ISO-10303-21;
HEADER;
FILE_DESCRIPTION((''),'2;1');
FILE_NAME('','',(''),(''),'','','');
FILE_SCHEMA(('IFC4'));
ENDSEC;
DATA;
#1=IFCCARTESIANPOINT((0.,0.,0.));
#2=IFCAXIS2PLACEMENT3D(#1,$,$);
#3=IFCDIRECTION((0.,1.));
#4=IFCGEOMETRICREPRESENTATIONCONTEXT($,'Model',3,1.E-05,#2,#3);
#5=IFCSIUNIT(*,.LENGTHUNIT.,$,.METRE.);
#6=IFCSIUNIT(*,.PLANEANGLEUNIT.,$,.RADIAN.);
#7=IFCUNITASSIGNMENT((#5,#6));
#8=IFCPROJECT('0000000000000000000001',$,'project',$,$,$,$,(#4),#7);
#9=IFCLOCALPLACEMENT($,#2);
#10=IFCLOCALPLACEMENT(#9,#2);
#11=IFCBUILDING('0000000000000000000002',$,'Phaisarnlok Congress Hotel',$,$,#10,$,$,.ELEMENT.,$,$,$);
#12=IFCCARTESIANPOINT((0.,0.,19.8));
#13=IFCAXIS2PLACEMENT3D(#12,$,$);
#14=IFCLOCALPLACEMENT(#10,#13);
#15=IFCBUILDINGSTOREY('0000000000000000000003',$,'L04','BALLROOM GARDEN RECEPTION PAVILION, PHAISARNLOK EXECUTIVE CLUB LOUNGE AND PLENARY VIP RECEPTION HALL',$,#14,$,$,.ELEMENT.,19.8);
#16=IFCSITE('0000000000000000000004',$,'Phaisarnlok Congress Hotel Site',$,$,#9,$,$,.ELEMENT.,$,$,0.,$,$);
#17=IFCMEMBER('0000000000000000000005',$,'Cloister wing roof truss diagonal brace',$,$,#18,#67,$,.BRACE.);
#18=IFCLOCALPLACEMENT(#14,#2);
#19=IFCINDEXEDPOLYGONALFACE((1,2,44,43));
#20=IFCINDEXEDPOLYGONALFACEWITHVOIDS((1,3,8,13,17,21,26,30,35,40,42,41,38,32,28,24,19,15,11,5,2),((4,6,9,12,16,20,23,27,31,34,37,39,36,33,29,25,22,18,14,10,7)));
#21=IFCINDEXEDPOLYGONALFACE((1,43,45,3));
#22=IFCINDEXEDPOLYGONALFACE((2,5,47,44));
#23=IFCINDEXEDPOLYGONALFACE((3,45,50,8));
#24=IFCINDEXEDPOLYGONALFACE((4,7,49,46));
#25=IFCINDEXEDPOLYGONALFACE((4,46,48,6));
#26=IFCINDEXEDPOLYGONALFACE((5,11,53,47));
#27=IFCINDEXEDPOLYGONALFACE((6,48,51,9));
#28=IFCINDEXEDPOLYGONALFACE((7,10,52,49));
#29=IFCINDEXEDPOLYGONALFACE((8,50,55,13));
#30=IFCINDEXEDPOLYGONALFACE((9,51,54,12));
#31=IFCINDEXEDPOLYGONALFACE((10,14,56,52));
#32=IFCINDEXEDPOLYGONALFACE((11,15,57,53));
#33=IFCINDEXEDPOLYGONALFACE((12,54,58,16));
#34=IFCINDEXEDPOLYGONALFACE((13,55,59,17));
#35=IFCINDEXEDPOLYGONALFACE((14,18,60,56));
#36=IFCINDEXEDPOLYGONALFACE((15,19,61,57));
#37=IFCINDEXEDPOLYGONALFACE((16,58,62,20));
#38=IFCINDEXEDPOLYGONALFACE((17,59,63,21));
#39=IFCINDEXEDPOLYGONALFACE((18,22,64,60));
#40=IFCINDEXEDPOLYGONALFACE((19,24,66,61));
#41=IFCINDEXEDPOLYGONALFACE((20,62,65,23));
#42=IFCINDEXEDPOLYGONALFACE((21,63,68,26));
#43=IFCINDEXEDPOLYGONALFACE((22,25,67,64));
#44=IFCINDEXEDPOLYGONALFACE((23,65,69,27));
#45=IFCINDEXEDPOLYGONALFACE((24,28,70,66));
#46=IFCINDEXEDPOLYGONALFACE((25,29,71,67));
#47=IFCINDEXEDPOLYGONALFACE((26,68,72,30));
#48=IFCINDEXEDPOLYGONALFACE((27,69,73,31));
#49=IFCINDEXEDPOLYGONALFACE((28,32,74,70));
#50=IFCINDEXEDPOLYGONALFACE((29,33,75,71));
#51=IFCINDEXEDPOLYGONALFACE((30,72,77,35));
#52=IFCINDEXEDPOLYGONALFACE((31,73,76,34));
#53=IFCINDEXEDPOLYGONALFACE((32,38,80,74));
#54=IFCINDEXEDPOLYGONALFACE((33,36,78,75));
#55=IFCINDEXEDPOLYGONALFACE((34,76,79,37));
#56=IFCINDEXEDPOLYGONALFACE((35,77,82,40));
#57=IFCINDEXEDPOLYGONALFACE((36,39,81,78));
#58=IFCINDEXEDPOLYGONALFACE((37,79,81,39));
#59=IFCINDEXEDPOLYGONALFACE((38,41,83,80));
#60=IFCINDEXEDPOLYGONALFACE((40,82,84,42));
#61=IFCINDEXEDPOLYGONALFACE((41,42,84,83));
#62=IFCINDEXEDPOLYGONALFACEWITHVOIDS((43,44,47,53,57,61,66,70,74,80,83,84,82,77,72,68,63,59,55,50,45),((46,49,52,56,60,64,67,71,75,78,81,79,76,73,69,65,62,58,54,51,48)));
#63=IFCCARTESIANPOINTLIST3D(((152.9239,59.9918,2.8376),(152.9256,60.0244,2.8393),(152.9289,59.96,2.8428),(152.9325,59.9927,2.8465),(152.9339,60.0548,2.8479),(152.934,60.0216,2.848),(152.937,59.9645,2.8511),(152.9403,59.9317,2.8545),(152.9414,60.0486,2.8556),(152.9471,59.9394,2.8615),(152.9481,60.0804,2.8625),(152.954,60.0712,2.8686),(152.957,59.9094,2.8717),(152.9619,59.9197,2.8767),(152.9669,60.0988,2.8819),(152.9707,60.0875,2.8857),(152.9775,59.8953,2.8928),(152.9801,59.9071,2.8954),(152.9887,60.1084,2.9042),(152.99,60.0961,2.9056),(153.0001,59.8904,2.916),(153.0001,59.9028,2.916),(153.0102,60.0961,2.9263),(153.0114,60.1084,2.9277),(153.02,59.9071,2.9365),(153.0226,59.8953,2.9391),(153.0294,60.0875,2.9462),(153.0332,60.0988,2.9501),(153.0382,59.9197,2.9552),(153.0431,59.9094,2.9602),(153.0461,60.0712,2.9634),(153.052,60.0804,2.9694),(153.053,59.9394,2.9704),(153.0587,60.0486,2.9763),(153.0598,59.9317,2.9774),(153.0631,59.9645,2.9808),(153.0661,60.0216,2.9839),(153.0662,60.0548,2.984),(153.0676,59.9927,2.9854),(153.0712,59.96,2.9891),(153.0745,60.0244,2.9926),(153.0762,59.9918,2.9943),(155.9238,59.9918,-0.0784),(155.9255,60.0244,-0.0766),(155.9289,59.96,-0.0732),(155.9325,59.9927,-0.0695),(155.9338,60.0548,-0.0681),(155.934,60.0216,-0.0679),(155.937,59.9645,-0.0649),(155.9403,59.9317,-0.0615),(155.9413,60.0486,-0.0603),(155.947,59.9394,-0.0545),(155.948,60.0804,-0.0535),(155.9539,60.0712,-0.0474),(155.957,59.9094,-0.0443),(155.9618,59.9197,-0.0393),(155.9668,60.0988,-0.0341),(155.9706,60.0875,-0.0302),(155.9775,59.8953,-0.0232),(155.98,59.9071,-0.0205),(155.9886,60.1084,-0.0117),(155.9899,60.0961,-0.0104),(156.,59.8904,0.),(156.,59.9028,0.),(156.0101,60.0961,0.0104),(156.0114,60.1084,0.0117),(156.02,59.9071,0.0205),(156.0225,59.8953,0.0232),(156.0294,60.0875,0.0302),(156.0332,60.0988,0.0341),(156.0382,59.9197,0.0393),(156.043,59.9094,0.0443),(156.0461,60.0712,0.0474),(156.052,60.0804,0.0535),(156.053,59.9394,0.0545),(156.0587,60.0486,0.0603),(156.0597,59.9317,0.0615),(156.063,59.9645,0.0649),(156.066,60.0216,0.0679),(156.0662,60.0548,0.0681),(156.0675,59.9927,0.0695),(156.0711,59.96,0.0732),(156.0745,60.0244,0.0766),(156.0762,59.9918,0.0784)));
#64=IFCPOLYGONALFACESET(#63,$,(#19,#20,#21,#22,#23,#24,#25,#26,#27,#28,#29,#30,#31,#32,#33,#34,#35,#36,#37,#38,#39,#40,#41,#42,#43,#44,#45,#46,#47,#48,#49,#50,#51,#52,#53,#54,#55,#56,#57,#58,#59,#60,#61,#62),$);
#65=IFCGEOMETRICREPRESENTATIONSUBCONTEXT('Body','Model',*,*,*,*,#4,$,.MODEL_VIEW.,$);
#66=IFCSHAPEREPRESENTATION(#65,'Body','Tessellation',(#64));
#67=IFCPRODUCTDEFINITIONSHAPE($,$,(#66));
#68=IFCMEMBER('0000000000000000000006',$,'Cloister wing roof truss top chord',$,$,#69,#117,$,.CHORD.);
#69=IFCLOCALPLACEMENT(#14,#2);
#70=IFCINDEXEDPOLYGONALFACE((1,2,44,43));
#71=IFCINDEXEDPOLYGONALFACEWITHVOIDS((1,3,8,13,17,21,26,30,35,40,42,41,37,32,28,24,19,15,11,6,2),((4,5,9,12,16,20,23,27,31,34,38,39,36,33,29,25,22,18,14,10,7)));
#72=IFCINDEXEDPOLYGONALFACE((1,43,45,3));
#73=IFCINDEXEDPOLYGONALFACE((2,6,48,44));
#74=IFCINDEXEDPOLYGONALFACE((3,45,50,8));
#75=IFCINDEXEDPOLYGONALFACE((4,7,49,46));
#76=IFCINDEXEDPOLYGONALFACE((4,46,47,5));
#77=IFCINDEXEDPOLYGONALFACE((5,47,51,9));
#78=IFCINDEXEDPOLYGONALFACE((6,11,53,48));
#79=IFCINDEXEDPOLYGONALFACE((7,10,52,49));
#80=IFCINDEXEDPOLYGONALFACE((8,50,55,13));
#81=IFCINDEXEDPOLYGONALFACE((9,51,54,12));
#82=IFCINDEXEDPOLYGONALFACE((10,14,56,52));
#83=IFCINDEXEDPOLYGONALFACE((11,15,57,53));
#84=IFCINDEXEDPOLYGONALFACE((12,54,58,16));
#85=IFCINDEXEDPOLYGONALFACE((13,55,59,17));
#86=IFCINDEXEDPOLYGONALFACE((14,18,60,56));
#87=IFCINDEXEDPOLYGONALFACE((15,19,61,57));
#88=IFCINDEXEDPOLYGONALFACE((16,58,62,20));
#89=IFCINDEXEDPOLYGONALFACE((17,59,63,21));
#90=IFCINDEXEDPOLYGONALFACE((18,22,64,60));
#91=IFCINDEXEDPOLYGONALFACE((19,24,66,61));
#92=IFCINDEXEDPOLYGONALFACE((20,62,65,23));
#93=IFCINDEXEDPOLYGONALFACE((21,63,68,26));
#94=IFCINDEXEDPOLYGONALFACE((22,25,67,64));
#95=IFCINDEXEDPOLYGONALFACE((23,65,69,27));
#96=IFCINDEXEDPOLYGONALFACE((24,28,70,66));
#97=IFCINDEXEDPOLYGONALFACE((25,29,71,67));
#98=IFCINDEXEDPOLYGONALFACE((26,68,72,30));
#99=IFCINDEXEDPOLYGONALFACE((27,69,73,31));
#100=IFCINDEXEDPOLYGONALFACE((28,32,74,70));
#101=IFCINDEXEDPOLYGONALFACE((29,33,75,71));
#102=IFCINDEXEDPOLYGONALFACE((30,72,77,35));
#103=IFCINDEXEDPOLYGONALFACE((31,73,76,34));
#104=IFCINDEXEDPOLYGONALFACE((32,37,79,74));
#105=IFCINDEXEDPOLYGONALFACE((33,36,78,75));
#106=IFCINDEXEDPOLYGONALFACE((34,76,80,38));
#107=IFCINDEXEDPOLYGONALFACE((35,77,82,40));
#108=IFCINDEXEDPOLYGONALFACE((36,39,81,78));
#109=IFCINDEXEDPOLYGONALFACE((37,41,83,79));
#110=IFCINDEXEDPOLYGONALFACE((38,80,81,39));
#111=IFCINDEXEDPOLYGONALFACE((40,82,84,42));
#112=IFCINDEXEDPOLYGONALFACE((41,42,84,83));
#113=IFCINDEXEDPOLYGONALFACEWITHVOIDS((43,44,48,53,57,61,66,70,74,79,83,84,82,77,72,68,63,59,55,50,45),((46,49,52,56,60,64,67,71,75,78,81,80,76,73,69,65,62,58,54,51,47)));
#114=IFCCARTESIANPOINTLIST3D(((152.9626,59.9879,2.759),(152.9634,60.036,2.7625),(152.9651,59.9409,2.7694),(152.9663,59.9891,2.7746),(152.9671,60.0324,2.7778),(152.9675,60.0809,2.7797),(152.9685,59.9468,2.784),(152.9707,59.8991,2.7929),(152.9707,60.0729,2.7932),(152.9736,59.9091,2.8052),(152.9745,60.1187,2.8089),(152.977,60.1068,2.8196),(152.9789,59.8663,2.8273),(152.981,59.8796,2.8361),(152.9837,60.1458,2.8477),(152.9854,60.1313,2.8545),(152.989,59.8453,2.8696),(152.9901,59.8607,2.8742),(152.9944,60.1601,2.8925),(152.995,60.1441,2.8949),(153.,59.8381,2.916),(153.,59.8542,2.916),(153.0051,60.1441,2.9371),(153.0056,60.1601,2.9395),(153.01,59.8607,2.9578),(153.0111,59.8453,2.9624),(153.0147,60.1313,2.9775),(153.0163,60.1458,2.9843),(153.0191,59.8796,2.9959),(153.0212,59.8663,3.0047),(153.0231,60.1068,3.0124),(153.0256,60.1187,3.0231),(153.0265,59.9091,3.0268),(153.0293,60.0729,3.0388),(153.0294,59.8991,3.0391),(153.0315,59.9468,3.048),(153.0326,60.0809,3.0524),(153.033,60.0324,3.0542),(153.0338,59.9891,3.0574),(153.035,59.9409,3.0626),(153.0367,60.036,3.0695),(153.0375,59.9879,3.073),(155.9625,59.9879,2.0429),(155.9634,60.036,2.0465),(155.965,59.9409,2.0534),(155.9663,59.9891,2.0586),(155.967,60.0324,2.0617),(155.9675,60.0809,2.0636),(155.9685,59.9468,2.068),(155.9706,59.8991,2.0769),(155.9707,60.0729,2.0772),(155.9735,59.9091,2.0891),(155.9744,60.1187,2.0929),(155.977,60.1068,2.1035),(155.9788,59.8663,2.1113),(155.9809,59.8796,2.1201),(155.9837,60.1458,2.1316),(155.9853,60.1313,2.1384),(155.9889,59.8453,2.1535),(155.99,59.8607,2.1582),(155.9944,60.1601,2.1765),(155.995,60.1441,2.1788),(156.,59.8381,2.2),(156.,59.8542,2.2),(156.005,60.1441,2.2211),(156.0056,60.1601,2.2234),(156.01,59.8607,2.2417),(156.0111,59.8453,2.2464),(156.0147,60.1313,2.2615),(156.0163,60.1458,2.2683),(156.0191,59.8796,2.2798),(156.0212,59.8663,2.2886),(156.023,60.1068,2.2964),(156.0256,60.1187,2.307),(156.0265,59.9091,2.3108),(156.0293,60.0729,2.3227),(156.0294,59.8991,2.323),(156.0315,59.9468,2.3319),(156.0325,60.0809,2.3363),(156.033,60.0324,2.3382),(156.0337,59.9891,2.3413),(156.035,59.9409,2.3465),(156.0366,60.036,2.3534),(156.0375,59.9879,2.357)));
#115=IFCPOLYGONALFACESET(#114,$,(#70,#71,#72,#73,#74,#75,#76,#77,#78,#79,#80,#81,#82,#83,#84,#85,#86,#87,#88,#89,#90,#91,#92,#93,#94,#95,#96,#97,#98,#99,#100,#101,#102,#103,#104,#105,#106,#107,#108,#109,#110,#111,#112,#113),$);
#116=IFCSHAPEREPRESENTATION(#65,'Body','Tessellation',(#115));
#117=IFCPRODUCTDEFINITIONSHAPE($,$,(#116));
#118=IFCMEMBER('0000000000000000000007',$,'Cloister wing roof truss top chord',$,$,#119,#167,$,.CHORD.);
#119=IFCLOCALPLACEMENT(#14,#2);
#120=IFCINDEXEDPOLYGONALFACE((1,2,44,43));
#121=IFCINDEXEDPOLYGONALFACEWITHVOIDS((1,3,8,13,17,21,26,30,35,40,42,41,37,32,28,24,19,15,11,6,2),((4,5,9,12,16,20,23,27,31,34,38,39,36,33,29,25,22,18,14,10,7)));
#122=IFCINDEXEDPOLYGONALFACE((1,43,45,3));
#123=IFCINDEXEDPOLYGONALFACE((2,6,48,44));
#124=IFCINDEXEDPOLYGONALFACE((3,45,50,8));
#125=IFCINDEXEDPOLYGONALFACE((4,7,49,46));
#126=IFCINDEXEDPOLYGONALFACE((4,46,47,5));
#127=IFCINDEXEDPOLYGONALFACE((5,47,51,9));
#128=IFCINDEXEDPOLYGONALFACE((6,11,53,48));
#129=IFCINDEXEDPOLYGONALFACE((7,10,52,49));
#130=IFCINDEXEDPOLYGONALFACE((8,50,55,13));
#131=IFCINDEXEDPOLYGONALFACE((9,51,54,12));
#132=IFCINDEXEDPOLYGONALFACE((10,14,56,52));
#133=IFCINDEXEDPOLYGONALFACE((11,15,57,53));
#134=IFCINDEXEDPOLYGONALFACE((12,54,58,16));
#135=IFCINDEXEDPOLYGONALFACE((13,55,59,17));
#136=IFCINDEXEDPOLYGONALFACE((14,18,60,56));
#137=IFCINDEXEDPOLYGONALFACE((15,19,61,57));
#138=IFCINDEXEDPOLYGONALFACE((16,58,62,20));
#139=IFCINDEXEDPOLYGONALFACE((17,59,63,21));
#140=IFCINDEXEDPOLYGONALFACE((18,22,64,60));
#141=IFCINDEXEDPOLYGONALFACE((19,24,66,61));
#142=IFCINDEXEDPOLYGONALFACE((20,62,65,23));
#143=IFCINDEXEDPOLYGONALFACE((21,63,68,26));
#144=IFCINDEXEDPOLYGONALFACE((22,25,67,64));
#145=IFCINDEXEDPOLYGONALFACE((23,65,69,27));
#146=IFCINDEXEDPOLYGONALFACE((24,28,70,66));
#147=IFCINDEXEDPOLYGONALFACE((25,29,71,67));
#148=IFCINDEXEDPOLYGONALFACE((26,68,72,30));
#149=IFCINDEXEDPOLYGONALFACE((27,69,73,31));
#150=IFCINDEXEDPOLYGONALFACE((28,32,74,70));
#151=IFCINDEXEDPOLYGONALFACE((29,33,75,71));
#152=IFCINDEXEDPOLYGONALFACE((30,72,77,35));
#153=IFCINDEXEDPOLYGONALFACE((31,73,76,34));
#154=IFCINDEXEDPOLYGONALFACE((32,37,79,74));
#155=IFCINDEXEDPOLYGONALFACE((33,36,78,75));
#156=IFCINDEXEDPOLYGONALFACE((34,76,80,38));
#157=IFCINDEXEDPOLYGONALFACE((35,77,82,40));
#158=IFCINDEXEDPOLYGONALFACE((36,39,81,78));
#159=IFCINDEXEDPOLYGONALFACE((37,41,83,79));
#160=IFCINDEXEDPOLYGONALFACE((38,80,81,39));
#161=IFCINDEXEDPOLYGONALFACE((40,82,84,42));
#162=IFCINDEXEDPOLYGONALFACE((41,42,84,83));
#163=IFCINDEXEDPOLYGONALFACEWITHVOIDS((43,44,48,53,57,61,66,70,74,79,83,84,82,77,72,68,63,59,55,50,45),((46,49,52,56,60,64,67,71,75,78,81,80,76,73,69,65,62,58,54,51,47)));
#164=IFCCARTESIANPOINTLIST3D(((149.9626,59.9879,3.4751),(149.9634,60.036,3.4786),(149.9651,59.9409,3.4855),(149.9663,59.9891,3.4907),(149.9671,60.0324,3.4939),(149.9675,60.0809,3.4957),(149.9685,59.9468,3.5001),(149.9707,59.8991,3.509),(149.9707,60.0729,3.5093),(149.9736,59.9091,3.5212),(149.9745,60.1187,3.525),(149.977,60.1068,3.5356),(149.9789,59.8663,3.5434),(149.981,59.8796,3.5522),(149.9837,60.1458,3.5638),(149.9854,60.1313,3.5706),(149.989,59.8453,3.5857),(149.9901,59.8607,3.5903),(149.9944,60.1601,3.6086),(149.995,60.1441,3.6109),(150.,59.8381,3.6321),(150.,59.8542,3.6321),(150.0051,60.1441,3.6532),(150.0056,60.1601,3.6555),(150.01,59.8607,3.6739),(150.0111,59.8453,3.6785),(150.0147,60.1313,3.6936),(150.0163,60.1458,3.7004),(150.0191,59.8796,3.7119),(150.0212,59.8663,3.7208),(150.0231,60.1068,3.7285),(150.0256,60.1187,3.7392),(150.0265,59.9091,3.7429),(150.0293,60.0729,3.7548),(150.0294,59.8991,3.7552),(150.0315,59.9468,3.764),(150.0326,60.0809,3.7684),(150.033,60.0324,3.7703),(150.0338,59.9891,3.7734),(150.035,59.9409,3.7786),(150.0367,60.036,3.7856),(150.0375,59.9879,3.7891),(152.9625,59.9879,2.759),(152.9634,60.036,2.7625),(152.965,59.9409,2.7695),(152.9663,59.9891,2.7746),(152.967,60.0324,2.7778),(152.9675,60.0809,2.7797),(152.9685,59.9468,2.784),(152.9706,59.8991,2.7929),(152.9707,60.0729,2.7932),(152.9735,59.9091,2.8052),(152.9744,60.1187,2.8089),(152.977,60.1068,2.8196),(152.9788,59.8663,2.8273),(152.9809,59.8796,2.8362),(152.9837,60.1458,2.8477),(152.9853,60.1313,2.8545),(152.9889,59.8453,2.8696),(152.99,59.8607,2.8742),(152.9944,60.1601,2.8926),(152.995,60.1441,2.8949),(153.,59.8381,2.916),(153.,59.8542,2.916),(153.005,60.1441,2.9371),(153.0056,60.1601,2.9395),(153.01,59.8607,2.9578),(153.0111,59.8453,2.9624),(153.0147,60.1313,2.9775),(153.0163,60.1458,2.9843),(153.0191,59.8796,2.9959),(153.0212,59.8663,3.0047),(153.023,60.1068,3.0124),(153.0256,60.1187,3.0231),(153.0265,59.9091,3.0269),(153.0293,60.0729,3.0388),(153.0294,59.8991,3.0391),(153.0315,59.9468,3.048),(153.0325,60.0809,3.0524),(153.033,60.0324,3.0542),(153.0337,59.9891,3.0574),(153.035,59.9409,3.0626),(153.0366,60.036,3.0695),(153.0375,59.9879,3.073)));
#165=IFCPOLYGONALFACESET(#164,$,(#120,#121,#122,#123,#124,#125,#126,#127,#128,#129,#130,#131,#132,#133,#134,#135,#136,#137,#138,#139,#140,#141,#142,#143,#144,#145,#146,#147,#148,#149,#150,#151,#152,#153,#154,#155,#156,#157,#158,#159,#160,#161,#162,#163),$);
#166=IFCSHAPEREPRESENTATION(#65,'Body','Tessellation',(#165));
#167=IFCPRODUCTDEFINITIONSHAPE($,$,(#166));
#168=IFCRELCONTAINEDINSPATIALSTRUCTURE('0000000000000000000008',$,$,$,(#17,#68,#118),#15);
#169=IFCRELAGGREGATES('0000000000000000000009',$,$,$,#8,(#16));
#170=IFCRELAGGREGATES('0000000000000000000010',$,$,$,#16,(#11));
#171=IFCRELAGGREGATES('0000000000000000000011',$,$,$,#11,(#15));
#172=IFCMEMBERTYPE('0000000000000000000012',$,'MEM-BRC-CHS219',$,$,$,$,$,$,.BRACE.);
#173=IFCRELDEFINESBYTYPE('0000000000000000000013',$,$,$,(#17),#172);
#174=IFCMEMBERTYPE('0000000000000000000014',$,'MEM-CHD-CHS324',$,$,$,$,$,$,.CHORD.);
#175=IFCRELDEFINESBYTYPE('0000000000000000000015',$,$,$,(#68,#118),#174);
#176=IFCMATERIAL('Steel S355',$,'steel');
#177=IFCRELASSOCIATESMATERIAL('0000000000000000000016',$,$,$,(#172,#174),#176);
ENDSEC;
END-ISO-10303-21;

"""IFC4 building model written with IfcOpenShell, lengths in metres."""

from ifc_helpers import new_model, si_unit, direction, frame, origin, origin_2d, place, context, subcontext, project, spatial, hollow_circle, extrude, material, material_profile, profile_set, type_object, element, save


model = new_model("IFC4")

# Units and contexts
model_context = context("Model", 3, precision=1e-05, world=origin(), true_north=direction((0.0, 1.0)))
body_context = subcontext(model_context, "Body", "Model", "MODEL_VIEW")
ifc_project = project(units=[si_unit("LENGTHUNIT", "METRE"), si_unit("PLANEANGLEUNIT", "RADIAN")], contexts=[model_context])

# Site, building, storey
site_placement = place(None, origin())
site = spatial("IfcSite", under=ifc_project, at=site_placement, Name="Phaisarnlok Congress Hotel Site", CompositionType="ELEMENT", RefElevation=0.0)
building_placement = place(site_placement, origin())
building = spatial("IfcBuilding", under=site, at=building_placement, Name="Phaisarnlok Congress Hotel", CompositionType="ELEMENT")
storey_placement = place(building_placement, frame((0.0, 0.0, 19.8)))
storey = spatial("IfcBuildingStorey", under=building, at=storey_placement, Name="L04", Description="BALLROOM GARDEN RECEPTION PAVILION, PHAISARNLOK EXECUTIVE CLUB LOUNGE AND PLENARY VIP RECEPTION HALL", CompositionType="ELEMENT", Elevation=19.8)

# Shared definitions
ifc_material_1 = material(Name="Steel S355", Category="steel")

# Members
ifc_material_profile_1 = material_profile(ifc_material_1, hollow_circle(Radius=0.1096, WallThickness=0.0125, at=origin_2d()), Name="CHS 219.1x12.5")
ifc_profile_set_1 = profile_set([ifc_material_profile_1], Name="Steel S355")
member_type_1 = type_object("IfcMemberType", Name="MEM-BRC-CHS219", PredefinedType="BRACE", material=ifc_profile_set_1)
member_1_placement = place(storey_placement, frame((156.0, 60.0, 0.0), z_axis=(-0.717073, 0.0, 0.696998), x_axis=(0.0, -1.0, 0.0)))
element("IfcMember", 1, at=member_1_placement, inside=storey, type_object=member_type_1, Name="Cloister wing roof truss diagonal brace", PredefinedType="BRACE", context=body_context, shape_type="SweptSolid", body=[
    extrude(hollow_circle(Radius=0.1096, WallThickness=0.0125, at=origin_2d()), origin(), (0.0, 0.0, 1.0), 4.1836),
])
ifc_material_profile_2 = material_profile(ifc_material_1, hollow_circle(Radius=0.1619, WallThickness=0.0161, at=origin_2d()), Name="CHS 323.9x16")
ifc_profile_set_2 = profile_set([ifc_material_profile_2], Name="Steel S355")
member_type_2 = type_object("IfcMemberType", Name="MEM-CHD-CHS324", PredefinedType="CHORD", material=ifc_profile_set_2)
for number, where, z_axis, x_axis, name in (
    (2, (156.0, 60.0, 2.2), (-0.972676, 0.0, 0.232166), (0.0, -1.0, 0.0), "Cloister wing roof truss top chord"),
    (3, (153.0, 60.0, 2.916), (-0.972676, 0.0, 0.232166), (0.0, -1.0, 0.0), "Cloister wing roof truss top chord"),
):
    element("IfcMember", number, at=place(storey_placement, frame(where, z_axis=z_axis, x_axis=x_axis)), inside=storey, type_object=member_type_2, Name=name, PredefinedType="CHORD", context=body_context, shape_type="SweptSolid", body=[
        extrude(hollow_circle(Radius=0.1619, WallThickness=0.0161, at=origin_2d()), origin(), (0.0, 0.0, 1.0), 3.0842),
    ])

save(model, "model.ifc")
